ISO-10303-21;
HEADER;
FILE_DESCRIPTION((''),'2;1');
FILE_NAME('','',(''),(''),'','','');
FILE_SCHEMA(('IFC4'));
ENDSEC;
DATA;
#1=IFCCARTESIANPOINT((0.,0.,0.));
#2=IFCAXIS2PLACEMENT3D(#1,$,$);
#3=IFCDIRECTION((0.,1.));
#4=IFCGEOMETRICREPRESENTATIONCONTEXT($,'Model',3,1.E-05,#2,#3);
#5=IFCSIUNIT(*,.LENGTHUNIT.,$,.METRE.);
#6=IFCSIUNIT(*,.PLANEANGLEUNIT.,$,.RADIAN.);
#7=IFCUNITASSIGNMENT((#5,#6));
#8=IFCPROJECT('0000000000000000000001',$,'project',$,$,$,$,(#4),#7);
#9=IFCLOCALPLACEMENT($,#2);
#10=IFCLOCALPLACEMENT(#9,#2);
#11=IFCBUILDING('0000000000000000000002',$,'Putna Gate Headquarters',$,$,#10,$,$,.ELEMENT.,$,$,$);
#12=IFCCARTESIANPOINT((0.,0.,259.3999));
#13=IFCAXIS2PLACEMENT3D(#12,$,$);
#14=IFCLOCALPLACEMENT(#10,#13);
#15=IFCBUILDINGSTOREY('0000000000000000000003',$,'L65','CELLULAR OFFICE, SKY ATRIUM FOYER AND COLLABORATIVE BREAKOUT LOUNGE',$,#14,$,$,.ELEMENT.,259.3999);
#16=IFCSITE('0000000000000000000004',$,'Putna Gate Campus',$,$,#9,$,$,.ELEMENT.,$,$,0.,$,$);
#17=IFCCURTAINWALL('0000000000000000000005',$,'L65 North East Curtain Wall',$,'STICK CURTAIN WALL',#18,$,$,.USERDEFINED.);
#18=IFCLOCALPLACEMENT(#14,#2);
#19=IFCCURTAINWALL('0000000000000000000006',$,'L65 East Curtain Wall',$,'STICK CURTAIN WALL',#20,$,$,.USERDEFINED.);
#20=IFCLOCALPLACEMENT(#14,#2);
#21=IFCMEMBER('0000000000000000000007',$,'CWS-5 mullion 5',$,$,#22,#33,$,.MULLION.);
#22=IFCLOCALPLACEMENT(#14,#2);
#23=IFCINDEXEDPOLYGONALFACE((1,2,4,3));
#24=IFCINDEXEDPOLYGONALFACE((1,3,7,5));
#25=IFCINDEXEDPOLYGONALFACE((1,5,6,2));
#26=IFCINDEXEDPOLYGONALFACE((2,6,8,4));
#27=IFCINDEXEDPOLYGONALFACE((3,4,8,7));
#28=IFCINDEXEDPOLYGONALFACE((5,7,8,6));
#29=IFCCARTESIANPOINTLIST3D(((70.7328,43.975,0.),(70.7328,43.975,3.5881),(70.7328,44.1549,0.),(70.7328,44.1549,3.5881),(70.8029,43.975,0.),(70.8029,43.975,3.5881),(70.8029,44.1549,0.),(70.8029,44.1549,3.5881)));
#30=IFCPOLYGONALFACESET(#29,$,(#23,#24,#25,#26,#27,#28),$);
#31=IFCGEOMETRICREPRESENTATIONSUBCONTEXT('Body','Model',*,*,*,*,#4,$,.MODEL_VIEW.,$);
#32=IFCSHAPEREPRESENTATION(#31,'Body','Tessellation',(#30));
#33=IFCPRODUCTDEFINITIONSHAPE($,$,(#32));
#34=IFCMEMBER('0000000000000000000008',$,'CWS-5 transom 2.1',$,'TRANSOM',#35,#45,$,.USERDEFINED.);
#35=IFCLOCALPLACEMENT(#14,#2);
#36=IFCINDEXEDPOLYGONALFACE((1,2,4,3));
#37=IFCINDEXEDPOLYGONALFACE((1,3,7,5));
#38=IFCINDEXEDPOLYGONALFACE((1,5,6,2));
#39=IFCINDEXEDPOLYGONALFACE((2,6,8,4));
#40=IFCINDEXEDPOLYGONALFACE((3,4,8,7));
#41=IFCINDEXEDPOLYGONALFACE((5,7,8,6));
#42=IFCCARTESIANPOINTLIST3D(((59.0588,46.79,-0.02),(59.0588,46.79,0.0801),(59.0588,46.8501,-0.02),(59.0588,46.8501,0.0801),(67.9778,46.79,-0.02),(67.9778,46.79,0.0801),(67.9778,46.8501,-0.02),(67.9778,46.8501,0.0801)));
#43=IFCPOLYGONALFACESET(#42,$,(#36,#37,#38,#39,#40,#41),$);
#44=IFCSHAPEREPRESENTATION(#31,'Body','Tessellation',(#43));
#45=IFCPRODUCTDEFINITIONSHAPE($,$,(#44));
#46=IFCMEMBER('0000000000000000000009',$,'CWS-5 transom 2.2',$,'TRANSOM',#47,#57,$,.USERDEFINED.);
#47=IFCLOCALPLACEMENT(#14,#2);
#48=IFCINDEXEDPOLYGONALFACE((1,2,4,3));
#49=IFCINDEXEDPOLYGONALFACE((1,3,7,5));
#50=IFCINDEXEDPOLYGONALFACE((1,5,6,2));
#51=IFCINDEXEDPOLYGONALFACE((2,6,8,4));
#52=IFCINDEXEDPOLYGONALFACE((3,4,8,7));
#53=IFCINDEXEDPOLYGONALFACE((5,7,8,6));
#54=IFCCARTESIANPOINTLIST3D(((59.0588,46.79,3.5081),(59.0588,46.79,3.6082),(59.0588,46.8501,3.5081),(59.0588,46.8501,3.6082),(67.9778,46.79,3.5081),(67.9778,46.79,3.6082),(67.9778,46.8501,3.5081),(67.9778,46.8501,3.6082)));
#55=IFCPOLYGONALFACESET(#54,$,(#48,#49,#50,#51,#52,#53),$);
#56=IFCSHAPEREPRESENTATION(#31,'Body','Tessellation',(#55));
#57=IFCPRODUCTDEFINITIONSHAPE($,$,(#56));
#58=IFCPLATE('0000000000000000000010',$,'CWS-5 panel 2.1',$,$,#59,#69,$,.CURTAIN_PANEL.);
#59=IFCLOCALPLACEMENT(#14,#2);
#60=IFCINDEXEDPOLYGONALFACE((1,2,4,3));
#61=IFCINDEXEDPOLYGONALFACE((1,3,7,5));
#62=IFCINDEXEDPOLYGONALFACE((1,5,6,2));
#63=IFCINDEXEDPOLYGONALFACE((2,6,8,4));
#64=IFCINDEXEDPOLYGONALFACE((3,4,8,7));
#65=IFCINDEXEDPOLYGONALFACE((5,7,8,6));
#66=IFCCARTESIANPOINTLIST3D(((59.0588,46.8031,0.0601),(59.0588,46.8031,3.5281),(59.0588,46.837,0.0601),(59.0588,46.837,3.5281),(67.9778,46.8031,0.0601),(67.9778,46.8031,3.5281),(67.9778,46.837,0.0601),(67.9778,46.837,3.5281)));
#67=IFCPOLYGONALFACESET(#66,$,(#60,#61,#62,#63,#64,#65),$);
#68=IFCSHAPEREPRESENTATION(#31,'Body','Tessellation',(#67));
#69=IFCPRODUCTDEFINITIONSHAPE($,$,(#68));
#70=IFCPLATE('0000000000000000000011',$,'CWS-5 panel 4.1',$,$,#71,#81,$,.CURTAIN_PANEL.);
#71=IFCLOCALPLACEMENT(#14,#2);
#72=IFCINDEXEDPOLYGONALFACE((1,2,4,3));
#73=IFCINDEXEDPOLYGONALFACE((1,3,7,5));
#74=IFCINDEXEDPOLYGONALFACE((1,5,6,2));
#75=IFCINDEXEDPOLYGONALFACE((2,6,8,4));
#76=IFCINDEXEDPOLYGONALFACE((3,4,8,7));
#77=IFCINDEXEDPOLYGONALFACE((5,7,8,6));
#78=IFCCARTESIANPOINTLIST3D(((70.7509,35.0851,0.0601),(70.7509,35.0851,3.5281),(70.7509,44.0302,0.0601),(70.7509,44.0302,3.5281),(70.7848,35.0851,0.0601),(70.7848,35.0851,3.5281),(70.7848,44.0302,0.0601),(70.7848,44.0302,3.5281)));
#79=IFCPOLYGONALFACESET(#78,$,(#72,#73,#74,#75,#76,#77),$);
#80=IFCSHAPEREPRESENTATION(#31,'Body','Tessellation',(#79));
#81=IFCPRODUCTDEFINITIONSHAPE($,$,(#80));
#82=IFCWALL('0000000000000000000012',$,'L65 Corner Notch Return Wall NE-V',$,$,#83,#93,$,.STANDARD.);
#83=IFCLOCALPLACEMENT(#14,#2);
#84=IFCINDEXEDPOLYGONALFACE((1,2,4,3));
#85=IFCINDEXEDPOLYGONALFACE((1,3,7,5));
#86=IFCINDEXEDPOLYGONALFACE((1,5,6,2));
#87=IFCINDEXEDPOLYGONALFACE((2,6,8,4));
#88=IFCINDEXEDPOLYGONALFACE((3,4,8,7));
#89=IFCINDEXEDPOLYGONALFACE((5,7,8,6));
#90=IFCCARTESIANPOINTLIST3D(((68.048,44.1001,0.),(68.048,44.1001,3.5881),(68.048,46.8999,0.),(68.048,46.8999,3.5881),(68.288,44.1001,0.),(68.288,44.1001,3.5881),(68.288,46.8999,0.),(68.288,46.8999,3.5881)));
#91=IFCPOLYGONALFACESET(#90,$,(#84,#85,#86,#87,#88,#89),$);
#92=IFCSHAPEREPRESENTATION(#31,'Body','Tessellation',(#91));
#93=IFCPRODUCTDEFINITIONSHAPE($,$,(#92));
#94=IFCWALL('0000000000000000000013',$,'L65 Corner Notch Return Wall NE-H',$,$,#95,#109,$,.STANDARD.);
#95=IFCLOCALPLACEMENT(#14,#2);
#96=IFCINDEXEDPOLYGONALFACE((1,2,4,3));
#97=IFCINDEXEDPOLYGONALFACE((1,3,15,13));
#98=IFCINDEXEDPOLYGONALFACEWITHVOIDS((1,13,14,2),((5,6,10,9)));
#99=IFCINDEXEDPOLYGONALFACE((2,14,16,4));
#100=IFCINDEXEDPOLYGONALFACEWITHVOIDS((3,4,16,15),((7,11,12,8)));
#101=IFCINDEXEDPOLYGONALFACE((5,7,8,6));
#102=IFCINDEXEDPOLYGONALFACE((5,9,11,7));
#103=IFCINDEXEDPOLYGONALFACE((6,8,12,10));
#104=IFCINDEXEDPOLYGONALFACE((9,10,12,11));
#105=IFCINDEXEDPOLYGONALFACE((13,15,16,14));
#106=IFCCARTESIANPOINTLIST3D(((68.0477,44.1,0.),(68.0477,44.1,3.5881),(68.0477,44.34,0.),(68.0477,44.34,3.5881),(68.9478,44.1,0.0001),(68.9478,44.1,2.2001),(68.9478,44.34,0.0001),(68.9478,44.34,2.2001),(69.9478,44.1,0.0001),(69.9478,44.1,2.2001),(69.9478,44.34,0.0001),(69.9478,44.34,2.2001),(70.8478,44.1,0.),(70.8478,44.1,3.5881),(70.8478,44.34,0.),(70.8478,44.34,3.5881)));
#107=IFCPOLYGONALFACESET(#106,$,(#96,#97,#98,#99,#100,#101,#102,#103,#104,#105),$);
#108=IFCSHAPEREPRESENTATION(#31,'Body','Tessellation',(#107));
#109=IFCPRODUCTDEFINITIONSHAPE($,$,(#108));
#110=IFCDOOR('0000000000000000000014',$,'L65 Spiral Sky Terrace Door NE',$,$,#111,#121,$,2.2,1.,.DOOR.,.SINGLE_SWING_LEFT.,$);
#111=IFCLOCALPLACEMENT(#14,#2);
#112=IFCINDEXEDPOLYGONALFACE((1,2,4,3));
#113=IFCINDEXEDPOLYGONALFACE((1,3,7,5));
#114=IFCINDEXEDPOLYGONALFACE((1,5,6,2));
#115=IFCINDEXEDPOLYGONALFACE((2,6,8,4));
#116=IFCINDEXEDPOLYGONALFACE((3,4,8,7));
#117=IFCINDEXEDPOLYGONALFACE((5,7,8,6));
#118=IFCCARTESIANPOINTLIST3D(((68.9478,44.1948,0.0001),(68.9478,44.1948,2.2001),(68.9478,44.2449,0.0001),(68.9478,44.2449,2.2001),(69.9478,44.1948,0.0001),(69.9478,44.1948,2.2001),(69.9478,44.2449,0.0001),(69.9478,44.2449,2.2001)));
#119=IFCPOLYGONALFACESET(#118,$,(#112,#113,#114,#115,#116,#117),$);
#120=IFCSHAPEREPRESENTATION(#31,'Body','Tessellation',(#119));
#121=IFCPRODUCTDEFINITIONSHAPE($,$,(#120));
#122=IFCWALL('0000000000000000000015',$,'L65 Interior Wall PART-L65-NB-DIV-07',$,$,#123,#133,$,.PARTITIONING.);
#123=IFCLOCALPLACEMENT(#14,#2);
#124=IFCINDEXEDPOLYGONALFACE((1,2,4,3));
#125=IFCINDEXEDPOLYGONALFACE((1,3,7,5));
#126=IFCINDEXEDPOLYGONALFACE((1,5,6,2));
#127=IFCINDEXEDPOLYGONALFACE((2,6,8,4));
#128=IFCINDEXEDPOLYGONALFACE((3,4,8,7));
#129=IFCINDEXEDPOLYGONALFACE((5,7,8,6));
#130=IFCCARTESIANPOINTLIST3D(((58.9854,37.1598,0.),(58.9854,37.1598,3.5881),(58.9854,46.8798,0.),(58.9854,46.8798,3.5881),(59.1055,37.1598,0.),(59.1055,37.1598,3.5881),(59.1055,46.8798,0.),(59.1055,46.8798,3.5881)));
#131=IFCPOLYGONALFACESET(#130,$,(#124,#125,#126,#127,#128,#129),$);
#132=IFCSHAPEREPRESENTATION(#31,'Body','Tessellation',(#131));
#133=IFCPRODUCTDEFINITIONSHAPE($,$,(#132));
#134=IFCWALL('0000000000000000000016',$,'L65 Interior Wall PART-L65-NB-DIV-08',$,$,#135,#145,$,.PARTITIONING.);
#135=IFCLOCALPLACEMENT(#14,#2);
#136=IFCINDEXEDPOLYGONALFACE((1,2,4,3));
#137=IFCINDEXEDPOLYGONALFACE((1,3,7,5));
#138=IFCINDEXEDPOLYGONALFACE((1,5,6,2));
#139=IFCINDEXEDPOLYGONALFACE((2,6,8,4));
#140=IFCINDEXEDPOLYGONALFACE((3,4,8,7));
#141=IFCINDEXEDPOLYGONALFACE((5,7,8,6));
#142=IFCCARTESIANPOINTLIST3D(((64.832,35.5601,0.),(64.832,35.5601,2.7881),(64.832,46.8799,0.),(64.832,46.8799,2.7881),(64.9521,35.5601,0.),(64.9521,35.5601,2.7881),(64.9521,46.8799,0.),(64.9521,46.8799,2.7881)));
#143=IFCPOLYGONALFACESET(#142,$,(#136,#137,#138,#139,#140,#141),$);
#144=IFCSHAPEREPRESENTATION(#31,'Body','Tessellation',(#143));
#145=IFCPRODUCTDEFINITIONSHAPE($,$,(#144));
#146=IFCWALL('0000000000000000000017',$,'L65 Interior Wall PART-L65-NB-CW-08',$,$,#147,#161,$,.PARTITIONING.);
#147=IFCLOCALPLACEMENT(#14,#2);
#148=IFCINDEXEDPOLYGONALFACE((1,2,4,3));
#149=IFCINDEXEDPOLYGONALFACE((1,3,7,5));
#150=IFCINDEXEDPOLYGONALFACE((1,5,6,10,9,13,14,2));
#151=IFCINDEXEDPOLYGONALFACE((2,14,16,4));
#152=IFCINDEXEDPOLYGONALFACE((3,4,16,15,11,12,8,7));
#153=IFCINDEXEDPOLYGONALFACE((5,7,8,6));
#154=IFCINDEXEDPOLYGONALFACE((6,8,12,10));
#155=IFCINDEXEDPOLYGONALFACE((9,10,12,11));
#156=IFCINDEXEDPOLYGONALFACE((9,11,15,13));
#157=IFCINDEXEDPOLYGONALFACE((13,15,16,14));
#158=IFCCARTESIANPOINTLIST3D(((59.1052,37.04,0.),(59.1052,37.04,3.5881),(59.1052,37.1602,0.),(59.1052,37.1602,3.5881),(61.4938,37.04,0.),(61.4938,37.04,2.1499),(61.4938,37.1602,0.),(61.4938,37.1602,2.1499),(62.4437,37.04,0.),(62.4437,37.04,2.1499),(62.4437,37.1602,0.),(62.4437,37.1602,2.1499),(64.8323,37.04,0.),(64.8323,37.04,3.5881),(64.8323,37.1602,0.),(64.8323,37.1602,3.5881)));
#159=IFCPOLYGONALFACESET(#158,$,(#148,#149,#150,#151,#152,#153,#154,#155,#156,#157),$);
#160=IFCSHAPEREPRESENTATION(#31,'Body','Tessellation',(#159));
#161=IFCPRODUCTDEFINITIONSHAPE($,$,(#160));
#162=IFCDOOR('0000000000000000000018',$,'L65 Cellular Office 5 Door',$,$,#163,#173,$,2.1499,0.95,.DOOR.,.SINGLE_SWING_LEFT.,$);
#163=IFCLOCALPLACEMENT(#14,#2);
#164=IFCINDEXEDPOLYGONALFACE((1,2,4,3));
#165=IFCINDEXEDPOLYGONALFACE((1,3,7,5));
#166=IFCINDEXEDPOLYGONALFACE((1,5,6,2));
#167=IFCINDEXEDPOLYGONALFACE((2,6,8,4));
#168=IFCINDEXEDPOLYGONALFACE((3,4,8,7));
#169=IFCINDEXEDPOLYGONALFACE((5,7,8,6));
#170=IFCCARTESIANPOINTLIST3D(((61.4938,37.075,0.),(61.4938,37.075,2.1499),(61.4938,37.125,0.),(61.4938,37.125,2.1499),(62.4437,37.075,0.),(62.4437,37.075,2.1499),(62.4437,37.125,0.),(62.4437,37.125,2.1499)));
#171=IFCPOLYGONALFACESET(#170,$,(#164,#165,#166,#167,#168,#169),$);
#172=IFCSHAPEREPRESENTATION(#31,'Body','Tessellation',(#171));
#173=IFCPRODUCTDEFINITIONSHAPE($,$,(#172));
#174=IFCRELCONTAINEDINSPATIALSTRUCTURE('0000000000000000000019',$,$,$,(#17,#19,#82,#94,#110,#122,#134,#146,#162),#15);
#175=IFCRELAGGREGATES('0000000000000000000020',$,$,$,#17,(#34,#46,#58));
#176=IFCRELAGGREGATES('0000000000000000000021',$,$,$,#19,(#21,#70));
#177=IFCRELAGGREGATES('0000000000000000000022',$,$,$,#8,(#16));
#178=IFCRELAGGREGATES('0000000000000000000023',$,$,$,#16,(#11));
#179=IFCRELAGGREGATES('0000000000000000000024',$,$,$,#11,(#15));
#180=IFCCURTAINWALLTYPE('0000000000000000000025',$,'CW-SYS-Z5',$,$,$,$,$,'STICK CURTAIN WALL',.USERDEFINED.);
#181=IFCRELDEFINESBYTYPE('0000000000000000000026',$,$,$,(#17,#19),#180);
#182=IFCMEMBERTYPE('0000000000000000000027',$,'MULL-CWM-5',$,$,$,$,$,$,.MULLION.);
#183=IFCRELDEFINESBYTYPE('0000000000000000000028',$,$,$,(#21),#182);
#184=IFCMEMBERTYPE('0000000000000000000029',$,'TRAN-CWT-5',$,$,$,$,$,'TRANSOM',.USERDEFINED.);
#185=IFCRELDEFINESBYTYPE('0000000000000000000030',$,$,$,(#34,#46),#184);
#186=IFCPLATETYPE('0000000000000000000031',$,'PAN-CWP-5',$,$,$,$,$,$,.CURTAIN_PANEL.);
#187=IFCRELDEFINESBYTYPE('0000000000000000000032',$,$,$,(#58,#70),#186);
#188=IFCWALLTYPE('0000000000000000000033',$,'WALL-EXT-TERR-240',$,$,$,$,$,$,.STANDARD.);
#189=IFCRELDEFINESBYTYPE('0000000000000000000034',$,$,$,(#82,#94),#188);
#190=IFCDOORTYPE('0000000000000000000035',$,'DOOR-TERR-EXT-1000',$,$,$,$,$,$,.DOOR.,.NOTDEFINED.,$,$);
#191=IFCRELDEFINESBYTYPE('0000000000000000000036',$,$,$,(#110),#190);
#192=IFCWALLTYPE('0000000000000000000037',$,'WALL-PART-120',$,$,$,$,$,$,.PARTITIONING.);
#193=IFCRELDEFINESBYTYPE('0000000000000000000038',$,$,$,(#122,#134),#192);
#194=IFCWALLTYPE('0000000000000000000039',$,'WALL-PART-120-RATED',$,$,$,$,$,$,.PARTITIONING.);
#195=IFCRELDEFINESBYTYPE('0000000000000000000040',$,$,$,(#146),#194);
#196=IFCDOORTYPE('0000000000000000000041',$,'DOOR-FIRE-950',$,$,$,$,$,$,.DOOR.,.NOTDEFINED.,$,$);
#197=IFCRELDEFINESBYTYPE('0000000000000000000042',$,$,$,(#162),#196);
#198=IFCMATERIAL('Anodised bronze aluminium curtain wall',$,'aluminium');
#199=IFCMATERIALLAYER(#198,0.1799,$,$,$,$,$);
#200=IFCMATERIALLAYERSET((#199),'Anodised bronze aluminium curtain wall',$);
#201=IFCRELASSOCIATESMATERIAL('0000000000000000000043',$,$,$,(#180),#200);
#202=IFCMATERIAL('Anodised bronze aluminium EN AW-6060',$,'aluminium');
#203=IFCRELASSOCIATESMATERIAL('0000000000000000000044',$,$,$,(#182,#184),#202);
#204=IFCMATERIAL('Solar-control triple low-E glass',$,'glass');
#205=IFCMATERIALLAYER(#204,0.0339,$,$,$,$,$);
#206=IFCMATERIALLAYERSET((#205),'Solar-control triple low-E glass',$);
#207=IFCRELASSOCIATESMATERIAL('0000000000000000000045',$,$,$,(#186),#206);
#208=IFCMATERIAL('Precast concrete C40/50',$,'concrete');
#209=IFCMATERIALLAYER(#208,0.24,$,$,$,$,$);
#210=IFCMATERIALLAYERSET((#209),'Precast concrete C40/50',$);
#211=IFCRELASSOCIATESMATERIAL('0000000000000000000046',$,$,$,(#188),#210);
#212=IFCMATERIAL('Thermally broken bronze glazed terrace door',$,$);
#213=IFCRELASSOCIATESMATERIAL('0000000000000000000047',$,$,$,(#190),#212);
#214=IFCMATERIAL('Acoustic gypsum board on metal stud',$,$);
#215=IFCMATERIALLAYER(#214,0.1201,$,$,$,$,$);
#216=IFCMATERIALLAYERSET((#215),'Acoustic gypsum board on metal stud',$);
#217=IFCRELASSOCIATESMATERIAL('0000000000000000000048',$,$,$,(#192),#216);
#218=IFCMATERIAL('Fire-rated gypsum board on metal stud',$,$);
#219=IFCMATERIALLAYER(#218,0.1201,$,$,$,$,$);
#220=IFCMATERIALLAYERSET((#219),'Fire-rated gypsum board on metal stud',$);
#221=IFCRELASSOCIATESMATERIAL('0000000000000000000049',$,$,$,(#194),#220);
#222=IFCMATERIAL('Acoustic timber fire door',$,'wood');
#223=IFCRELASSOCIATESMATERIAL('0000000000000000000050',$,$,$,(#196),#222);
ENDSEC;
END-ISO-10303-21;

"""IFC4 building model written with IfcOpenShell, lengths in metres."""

from ifc_helpers import new_model, si_unit, direction, frame, frame_2d, origin, origin_2d, place, context, subcontext, project, spatial, rectangle, extrude, material, layer, layer_set, material_profile, profile_set, type_object, element, fill, aggregate, save


model = new_model("IFC4")

# Units and contexts
model_context = context("Model", 3, precision=1e-05, world=origin(), true_north=direction((0.0, 1.0)))
body_context = subcontext(model_context, "Body", "Model", "MODEL_VIEW")
ifc_project = project(units=[si_unit("LENGTHUNIT", "METRE"), si_unit("PLANEANGLEUNIT", "RADIAN")], contexts=[model_context])

# Site, building, storey
site_placement = place(None, origin())
site = spatial("IfcSite", under=ifc_project, at=site_placement, Name="Putna Gate Campus", CompositionType="ELEMENT", RefElevation=0.0)
building_placement = place(site_placement, origin())
building = spatial("IfcBuilding", under=site, at=building_placement, Name="Putna Gate Headquarters", CompositionType="ELEMENT")
storey_placement = place(building_placement, frame((0.0, 0.0, 259.3999)))
storey = spatial("IfcBuildingStorey", under=building, at=storey_placement, Name="L65", Description="CELLULAR OFFICE, SKY ATRIUM FOYER AND COLLABORATIVE BREAKOUT LOUNGE", CompositionType="ELEMENT", Elevation=259.3999)

# Curtain wall
ifc_material_1 = material(Name="Anodised bronze aluminium curtain wall", Category="aluminium")
ifc_layer_1 = layer(ifc_material_1, 0.1799)
ifc_layer_set_1 = layer_set([ifc_layer_1], Name="Anodised bronze aluminium curtain wall")
curtain_wall_type = type_object("IfcCurtainWallType", Name="CW-SYS-Z5", ElementType="STICK CURTAIN WALL", PredefinedType="USERDEFINED", material=ifc_layer_set_1)
curtain_wall_1_placement = place(storey_placement, origin())
curtain_wall_1 = element("IfcCurtainWall", 1, at=curtain_wall_1_placement, inside=storey, type_object=curtain_wall_type, Name="L65 North East Curtain Wall", ObjectType="STICK CURTAIN WALL", PredefinedType="USERDEFINED")
ifc_material_2 = material(Name="Anodised bronze aluminium EN AW-6060", Category="aluminium")
ifc_material_profile_1 = material_profile(ifc_material_2, rectangle(XDim=0.0701, YDim=0.1799, at=origin_2d()), Name="Anodised bronze aluminium EN AW-6060")
ifc_profile_set_1 = profile_set([ifc_material_profile_1], Name="Anodised bronze aluminium EN AW-6060")
member_type_1 = type_object("IfcMemberType", Name="MULL-CWM-5", PredefinedType="MULLION", material=ifc_profile_set_1)

# Curtain wall, member
curtain_wall_2_placement = place(storey_placement, origin())
curtain_wall_2 = element("IfcCurtainWall", 2, at=curtain_wall_2_placement, inside=storey, type_object=curtain_wall_type, Name="L65 East Curtain Wall", ObjectType="STICK CURTAIN WALL", PredefinedType="USERDEFINED")
member_1_placement = place(storey_placement, frame((70.7678, 44.0649, 0.0), z_axis=(0.0, 0.0, 1.0), x_axis=(-1.0, 0.0, 0.0)))
member_1 = element("IfcMember", 3, at=member_1_placement, type_object=member_type_1, Name="CWS-5 mullion 5", PredefinedType="MULLION", context=body_context, shape_type="SweptSolid", body=[
    extrude(rectangle(XDim=0.0701, YDim=0.1799, at=origin_2d()), origin(), (0.0, 0.0, 1.0), 3.5881),
])

# Members
ifc_material_profile_2 = material_profile(ifc_material_2, rectangle(XDim=0.0601, YDim=0.1001, at=origin_2d()), Name="Anodised bronze aluminium EN AW-6060")
ifc_profile_set_2 = profile_set([ifc_material_profile_2], Name="Anodised bronze aluminium EN AW-6060")
member_type_2 = type_object("IfcMemberType", Name="TRAN-CWT-5", ElementType="TRANSOM", PredefinedType="USERDEFINED", material=ifc_profile_set_2)
member_2_placement = place(storey_placement, frame((59.0588, 46.8201, 0.03), z_axis=(1.0, 0.0, 0.0), x_axis=(0.0, 1.0, 0.0)))
member_2 = element("IfcMember", 4, at=member_2_placement, type_object=member_type_2, Name="CWS-5 transom 2.1", ObjectType="TRANSOM", PredefinedType="USERDEFINED", context=body_context, shape_type="SweptSolid", body=[
    extrude(rectangle(XDim=0.0601, YDim=0.1001, at=origin_2d()), origin(), (0.0, 0.0, 1.0), 8.9189),
])
member_3_placement = place(storey_placement, frame((59.0588, 46.8201, 3.5581), z_axis=(1.0, 0.0, 0.0), x_axis=(0.0, 1.0, 0.0)))
member_3 = element("IfcMember", 5, at=member_3_placement, type_object=member_type_2, Name="CWS-5 transom 2.2", ObjectType="TRANSOM", PredefinedType="USERDEFINED", context=body_context, shape_type="SweptSolid", body=[
    extrude(rectangle(XDim=0.0601, YDim=0.1001, at=origin_2d()), origin(), (0.0, 0.0, 1.0), 8.9189),
])

# Plates
ifc_material_3 = material(Name="Solar-control triple low-E glass", Category="glass")
ifc_layer_2 = layer(ifc_material_3, 0.0339)
ifc_layer_set_2 = layer_set([ifc_layer_2], Name="Solar-control triple low-E glass")
plate_type = type_object("IfcPlateType", Name="PAN-CWP-5", PredefinedType="CURTAIN_PANEL", material=ifc_layer_set_2)
plate_1_placement = place(storey_placement, frame((63.5183, 46.8201, 0.0601), z_axis=(0.0, 0.0, 1.0), x_axis=(1.0, 0.0, 0.0)))
plate_1 = element("IfcPlate", 6, at=plate_1_placement, type_object=plate_type, Name="CWS-5 panel 2.1", PredefinedType="CURTAIN_PANEL", context=body_context, shape_type="SweptSolid", body=[
    extrude(rectangle(XDim=8.9189, YDim=0.0339, at=origin_2d()), origin(), (0.0, 0.0, 1.0), 3.468),
])
aggregate(curtain_wall_1, [member_2, member_3, plate_1])
plate_2_placement = place(storey_placement, frame((70.7678, 39.5576, 0.0601), z_axis=(0.0, 0.0, 1.0), x_axis=(0.0, 1.0, 0.0)))
plate_2 = element("IfcPlate", 7, at=plate_2_placement, type_object=plate_type, Name="CWS-5 panel 4.1", PredefinedType="CURTAIN_PANEL", context=body_context, shape_type="SweptSolid", body=[
    extrude(rectangle(XDim=8.9451, YDim=0.0339, at=origin_2d()), origin(), (0.0, 0.0, 1.0), 3.468),
])
aggregate(curtain_wall_2, [member_1, plate_2])

# Wall
ifc_material_4 = material(Name="Precast concrete C40/50", Category="concrete")
ifc_layer_3 = layer(ifc_material_4, 0.24)
ifc_layer_set_3 = layer_set([ifc_layer_3], Name="Precast concrete C40/50")
wall_type_1 = type_object("IfcWallType", Name="WALL-EXT-TERR-240", PredefinedType="STANDARD", material=ifc_layer_set_3)
wall_1_placement = place(storey_placement, frame((68.168, 46.8999, 0.0), z_axis=(0.0, 0.0, 1.0), x_axis=(0.0, -1.0, 0.0)))
element("IfcWall", 8, at=wall_1_placement, inside=storey, type_object=wall_type_1, Name="L65 Corner Notch Return Wall NE-V", PredefinedType="STANDARD", context=body_context, shape_type="SweptSolid", body=[
    extrude(rectangle(XDim=2.7998, YDim=0.24, at=frame_2d((1.3999, 0.0))), origin(), (0.0, 0.0, 1.0), 3.5881),
])

# Wall, opening, door
wall_2_placement = place(storey_placement, frame((68.0479, 44.22, 0.0), z_axis=(0.0, 0.0, 1.0), x_axis=(1.0, 0.0, 0.0)))
wall_2 = element("IfcWall", 9, at=wall_2_placement, inside=storey, type_object=wall_type_1, Name="L65 Corner Notch Return Wall NE-H", PredefinedType="STANDARD", context=body_context, shape_type="SweptSolid", body=[
    extrude(rectangle(XDim=2.8, YDim=0.24, at=frame_2d((1.3999, 0.0))), origin(), (0.0, 0.0, 1.0), 3.5881),
])
opening_1_placement = place(wall_2_placement, frame((0.8999, 0.0, 0.0)))
opening_1 = element("IfcOpeningElement", 10, at=opening_1_placement, cuts=wall_2, PredefinedType="OPENING", context=body_context, shape_type="SweptSolid", body=[
    extrude(rectangle(XDim=1.0, YDim=2.2, at=frame_2d((0.5, 1.1001))), frame((0.0, 0.1299, 0.0), z_axis=(0.0, -1.0, 0.0), x_axis=(1.0, 0.0, 0.0)), (0.0, 0.0, 1.0), 0.26),
])
ifc_material_5 = material(Name="Thermally broken bronze glazed terrace door")
door_type_1 = type_object("IfcDoorType", Name="DOOR-TERR-EXT-1000", OperationType="NOTDEFINED", PredefinedType="DOOR", material=ifc_material_5)
door_1_placement = place(opening_1_placement, origin())
door_1 = element("IfcDoor", 11, at=door_1_placement, inside=storey, type_object=door_type_1, Name="L65 Spiral Sky Terrace Door NE", OperationType="SINGLE_SWING_LEFT", OverallHeight=2.2, OverallWidth=1.0, PredefinedType="DOOR", context=body_context, shape_type="SweptSolid", body=[
    extrude(rectangle(XDim=1.0, YDim=2.2, at=frame_2d((0.5, 1.1001))), frame((0.0, 0.0249, 0.0), z_axis=(0.0, -1.0, 0.0), x_axis=(1.0, 0.0, 0.0)), (0.0, 0.0, 1.0), 0.05),
])
fill(opening_1, door_1)

# Walls
ifc_material_6 = material(Name="Acoustic gypsum board on metal stud")
ifc_layer_4 = layer(ifc_material_6, 0.1201)
ifc_layer_set_4 = layer_set([ifc_layer_4], Name="Acoustic gypsum board on metal stud")
wall_type_2 = type_object("IfcWallType", Name="WALL-PART-120", PredefinedType="PARTITIONING", material=ifc_layer_set_4)
wall_3_placement = place(storey_placement, frame((59.0454, 37.1599, 0.0), z_axis=(0.0, 0.0, 1.0), x_axis=(0.0, 1.0, 0.0)))
element("IfcWall", 12, at=wall_3_placement, inside=storey, type_object=wall_type_2, Name="L65 Interior Wall PART-L65-NB-DIV-07", PredefinedType="PARTITIONING", context=body_context, shape_type="SweptSolid", body=[
    extrude(rectangle(XDim=9.72, YDim=0.1201, at=frame_2d((4.8599, 0.0))), origin(), (0.0, 0.0, 1.0), 3.5881),
])
wall_4_placement = place(storey_placement, frame((64.8921, 35.5601, 0.0), z_axis=(0.0, 0.0, 1.0), x_axis=(0.0, 1.0, 0.0)))
element("IfcWall", 13, at=wall_4_placement, inside=storey, type_object=wall_type_2, Name="L65 Interior Wall PART-L65-NB-DIV-08", PredefinedType="PARTITIONING", context=body_context, shape_type="SweptSolid", body=[
    extrude(rectangle(XDim=11.3198, YDim=0.1201, at=frame_2d((5.6599, 0.0))), origin(), (0.0, 0.0, 1.0), 2.7881),
])

# Wall, opening, door
ifc_material_7 = material(Name="Fire-rated gypsum board on metal stud")
ifc_layer_5 = layer(ifc_material_7, 0.1201)
ifc_layer_set_5 = layer_set([ifc_layer_5], Name="Fire-rated gypsum board on metal stud")
wall_type_3 = type_object("IfcWallType", Name="WALL-PART-120-RATED", PredefinedType="PARTITIONING", material=ifc_layer_set_5)
wall_5_placement = place(storey_placement, frame((59.1052, 37.1001, 0.0), z_axis=(0.0, 0.0, 1.0), x_axis=(1.0, 0.0, 0.0)))
wall_5 = element("IfcWall", 14, at=wall_5_placement, inside=storey, type_object=wall_type_3, Name="L65 Interior Wall PART-L65-NB-CW-08", PredefinedType="PARTITIONING", context=body_context, shape_type="SweptSolid", body=[
    extrude(rectangle(XDim=5.7271, YDim=0.1201, at=frame_2d((2.8635, 0.0))), origin(), (0.0, 0.0, 1.0), 3.5881),
])
opening_2_placement = place(wall_5_placement, frame((2.3884, 0.0, 0.0)))
opening_2 = element("IfcOpeningElement", 15, at=opening_2_placement, cuts=wall_5, PredefinedType="OPENING", context=body_context, shape_type="SweptSolid", body=[
    extrude(rectangle(XDim=0.95, YDim=2.1499, at=frame_2d((0.4751, 1.075))), frame((0.0, 0.0701, 0.0), z_axis=(0.0, -1.0, 0.0), x_axis=(1.0, 0.0, 0.0)), (0.0, 0.0, 1.0), 0.1401),
])
ifc_material_8 = material(Name="Acoustic timber fire door", Category="wood")
door_type_2 = type_object("IfcDoorType", Name="DOOR-FIRE-950", OperationType="NOTDEFINED", PredefinedType="DOOR", material=ifc_material_8)
door_2_placement = place(opening_2_placement, origin())
door_2 = element("IfcDoor", 16, at=door_2_placement, inside=storey, type_object=door_type_2, Name="L65 Cellular Office 5 Door", OperationType="SINGLE_SWING_LEFT", OverallHeight=2.1499, OverallWidth=0.95, PredefinedType="DOOR", context=body_context, shape_type="SweptSolid", body=[
    extrude(rectangle(XDim=0.95, YDim=2.1499, at=frame_2d((0.4751, 1.075))), frame((0.0, 0.0249, 0.0), z_axis=(0.0, -1.0, 0.0), x_axis=(1.0, 0.0, 0.0)), (0.0, 0.0, 1.0), 0.05),
])
fill(opening_2, door_2)

save(model, "model.ifc")
